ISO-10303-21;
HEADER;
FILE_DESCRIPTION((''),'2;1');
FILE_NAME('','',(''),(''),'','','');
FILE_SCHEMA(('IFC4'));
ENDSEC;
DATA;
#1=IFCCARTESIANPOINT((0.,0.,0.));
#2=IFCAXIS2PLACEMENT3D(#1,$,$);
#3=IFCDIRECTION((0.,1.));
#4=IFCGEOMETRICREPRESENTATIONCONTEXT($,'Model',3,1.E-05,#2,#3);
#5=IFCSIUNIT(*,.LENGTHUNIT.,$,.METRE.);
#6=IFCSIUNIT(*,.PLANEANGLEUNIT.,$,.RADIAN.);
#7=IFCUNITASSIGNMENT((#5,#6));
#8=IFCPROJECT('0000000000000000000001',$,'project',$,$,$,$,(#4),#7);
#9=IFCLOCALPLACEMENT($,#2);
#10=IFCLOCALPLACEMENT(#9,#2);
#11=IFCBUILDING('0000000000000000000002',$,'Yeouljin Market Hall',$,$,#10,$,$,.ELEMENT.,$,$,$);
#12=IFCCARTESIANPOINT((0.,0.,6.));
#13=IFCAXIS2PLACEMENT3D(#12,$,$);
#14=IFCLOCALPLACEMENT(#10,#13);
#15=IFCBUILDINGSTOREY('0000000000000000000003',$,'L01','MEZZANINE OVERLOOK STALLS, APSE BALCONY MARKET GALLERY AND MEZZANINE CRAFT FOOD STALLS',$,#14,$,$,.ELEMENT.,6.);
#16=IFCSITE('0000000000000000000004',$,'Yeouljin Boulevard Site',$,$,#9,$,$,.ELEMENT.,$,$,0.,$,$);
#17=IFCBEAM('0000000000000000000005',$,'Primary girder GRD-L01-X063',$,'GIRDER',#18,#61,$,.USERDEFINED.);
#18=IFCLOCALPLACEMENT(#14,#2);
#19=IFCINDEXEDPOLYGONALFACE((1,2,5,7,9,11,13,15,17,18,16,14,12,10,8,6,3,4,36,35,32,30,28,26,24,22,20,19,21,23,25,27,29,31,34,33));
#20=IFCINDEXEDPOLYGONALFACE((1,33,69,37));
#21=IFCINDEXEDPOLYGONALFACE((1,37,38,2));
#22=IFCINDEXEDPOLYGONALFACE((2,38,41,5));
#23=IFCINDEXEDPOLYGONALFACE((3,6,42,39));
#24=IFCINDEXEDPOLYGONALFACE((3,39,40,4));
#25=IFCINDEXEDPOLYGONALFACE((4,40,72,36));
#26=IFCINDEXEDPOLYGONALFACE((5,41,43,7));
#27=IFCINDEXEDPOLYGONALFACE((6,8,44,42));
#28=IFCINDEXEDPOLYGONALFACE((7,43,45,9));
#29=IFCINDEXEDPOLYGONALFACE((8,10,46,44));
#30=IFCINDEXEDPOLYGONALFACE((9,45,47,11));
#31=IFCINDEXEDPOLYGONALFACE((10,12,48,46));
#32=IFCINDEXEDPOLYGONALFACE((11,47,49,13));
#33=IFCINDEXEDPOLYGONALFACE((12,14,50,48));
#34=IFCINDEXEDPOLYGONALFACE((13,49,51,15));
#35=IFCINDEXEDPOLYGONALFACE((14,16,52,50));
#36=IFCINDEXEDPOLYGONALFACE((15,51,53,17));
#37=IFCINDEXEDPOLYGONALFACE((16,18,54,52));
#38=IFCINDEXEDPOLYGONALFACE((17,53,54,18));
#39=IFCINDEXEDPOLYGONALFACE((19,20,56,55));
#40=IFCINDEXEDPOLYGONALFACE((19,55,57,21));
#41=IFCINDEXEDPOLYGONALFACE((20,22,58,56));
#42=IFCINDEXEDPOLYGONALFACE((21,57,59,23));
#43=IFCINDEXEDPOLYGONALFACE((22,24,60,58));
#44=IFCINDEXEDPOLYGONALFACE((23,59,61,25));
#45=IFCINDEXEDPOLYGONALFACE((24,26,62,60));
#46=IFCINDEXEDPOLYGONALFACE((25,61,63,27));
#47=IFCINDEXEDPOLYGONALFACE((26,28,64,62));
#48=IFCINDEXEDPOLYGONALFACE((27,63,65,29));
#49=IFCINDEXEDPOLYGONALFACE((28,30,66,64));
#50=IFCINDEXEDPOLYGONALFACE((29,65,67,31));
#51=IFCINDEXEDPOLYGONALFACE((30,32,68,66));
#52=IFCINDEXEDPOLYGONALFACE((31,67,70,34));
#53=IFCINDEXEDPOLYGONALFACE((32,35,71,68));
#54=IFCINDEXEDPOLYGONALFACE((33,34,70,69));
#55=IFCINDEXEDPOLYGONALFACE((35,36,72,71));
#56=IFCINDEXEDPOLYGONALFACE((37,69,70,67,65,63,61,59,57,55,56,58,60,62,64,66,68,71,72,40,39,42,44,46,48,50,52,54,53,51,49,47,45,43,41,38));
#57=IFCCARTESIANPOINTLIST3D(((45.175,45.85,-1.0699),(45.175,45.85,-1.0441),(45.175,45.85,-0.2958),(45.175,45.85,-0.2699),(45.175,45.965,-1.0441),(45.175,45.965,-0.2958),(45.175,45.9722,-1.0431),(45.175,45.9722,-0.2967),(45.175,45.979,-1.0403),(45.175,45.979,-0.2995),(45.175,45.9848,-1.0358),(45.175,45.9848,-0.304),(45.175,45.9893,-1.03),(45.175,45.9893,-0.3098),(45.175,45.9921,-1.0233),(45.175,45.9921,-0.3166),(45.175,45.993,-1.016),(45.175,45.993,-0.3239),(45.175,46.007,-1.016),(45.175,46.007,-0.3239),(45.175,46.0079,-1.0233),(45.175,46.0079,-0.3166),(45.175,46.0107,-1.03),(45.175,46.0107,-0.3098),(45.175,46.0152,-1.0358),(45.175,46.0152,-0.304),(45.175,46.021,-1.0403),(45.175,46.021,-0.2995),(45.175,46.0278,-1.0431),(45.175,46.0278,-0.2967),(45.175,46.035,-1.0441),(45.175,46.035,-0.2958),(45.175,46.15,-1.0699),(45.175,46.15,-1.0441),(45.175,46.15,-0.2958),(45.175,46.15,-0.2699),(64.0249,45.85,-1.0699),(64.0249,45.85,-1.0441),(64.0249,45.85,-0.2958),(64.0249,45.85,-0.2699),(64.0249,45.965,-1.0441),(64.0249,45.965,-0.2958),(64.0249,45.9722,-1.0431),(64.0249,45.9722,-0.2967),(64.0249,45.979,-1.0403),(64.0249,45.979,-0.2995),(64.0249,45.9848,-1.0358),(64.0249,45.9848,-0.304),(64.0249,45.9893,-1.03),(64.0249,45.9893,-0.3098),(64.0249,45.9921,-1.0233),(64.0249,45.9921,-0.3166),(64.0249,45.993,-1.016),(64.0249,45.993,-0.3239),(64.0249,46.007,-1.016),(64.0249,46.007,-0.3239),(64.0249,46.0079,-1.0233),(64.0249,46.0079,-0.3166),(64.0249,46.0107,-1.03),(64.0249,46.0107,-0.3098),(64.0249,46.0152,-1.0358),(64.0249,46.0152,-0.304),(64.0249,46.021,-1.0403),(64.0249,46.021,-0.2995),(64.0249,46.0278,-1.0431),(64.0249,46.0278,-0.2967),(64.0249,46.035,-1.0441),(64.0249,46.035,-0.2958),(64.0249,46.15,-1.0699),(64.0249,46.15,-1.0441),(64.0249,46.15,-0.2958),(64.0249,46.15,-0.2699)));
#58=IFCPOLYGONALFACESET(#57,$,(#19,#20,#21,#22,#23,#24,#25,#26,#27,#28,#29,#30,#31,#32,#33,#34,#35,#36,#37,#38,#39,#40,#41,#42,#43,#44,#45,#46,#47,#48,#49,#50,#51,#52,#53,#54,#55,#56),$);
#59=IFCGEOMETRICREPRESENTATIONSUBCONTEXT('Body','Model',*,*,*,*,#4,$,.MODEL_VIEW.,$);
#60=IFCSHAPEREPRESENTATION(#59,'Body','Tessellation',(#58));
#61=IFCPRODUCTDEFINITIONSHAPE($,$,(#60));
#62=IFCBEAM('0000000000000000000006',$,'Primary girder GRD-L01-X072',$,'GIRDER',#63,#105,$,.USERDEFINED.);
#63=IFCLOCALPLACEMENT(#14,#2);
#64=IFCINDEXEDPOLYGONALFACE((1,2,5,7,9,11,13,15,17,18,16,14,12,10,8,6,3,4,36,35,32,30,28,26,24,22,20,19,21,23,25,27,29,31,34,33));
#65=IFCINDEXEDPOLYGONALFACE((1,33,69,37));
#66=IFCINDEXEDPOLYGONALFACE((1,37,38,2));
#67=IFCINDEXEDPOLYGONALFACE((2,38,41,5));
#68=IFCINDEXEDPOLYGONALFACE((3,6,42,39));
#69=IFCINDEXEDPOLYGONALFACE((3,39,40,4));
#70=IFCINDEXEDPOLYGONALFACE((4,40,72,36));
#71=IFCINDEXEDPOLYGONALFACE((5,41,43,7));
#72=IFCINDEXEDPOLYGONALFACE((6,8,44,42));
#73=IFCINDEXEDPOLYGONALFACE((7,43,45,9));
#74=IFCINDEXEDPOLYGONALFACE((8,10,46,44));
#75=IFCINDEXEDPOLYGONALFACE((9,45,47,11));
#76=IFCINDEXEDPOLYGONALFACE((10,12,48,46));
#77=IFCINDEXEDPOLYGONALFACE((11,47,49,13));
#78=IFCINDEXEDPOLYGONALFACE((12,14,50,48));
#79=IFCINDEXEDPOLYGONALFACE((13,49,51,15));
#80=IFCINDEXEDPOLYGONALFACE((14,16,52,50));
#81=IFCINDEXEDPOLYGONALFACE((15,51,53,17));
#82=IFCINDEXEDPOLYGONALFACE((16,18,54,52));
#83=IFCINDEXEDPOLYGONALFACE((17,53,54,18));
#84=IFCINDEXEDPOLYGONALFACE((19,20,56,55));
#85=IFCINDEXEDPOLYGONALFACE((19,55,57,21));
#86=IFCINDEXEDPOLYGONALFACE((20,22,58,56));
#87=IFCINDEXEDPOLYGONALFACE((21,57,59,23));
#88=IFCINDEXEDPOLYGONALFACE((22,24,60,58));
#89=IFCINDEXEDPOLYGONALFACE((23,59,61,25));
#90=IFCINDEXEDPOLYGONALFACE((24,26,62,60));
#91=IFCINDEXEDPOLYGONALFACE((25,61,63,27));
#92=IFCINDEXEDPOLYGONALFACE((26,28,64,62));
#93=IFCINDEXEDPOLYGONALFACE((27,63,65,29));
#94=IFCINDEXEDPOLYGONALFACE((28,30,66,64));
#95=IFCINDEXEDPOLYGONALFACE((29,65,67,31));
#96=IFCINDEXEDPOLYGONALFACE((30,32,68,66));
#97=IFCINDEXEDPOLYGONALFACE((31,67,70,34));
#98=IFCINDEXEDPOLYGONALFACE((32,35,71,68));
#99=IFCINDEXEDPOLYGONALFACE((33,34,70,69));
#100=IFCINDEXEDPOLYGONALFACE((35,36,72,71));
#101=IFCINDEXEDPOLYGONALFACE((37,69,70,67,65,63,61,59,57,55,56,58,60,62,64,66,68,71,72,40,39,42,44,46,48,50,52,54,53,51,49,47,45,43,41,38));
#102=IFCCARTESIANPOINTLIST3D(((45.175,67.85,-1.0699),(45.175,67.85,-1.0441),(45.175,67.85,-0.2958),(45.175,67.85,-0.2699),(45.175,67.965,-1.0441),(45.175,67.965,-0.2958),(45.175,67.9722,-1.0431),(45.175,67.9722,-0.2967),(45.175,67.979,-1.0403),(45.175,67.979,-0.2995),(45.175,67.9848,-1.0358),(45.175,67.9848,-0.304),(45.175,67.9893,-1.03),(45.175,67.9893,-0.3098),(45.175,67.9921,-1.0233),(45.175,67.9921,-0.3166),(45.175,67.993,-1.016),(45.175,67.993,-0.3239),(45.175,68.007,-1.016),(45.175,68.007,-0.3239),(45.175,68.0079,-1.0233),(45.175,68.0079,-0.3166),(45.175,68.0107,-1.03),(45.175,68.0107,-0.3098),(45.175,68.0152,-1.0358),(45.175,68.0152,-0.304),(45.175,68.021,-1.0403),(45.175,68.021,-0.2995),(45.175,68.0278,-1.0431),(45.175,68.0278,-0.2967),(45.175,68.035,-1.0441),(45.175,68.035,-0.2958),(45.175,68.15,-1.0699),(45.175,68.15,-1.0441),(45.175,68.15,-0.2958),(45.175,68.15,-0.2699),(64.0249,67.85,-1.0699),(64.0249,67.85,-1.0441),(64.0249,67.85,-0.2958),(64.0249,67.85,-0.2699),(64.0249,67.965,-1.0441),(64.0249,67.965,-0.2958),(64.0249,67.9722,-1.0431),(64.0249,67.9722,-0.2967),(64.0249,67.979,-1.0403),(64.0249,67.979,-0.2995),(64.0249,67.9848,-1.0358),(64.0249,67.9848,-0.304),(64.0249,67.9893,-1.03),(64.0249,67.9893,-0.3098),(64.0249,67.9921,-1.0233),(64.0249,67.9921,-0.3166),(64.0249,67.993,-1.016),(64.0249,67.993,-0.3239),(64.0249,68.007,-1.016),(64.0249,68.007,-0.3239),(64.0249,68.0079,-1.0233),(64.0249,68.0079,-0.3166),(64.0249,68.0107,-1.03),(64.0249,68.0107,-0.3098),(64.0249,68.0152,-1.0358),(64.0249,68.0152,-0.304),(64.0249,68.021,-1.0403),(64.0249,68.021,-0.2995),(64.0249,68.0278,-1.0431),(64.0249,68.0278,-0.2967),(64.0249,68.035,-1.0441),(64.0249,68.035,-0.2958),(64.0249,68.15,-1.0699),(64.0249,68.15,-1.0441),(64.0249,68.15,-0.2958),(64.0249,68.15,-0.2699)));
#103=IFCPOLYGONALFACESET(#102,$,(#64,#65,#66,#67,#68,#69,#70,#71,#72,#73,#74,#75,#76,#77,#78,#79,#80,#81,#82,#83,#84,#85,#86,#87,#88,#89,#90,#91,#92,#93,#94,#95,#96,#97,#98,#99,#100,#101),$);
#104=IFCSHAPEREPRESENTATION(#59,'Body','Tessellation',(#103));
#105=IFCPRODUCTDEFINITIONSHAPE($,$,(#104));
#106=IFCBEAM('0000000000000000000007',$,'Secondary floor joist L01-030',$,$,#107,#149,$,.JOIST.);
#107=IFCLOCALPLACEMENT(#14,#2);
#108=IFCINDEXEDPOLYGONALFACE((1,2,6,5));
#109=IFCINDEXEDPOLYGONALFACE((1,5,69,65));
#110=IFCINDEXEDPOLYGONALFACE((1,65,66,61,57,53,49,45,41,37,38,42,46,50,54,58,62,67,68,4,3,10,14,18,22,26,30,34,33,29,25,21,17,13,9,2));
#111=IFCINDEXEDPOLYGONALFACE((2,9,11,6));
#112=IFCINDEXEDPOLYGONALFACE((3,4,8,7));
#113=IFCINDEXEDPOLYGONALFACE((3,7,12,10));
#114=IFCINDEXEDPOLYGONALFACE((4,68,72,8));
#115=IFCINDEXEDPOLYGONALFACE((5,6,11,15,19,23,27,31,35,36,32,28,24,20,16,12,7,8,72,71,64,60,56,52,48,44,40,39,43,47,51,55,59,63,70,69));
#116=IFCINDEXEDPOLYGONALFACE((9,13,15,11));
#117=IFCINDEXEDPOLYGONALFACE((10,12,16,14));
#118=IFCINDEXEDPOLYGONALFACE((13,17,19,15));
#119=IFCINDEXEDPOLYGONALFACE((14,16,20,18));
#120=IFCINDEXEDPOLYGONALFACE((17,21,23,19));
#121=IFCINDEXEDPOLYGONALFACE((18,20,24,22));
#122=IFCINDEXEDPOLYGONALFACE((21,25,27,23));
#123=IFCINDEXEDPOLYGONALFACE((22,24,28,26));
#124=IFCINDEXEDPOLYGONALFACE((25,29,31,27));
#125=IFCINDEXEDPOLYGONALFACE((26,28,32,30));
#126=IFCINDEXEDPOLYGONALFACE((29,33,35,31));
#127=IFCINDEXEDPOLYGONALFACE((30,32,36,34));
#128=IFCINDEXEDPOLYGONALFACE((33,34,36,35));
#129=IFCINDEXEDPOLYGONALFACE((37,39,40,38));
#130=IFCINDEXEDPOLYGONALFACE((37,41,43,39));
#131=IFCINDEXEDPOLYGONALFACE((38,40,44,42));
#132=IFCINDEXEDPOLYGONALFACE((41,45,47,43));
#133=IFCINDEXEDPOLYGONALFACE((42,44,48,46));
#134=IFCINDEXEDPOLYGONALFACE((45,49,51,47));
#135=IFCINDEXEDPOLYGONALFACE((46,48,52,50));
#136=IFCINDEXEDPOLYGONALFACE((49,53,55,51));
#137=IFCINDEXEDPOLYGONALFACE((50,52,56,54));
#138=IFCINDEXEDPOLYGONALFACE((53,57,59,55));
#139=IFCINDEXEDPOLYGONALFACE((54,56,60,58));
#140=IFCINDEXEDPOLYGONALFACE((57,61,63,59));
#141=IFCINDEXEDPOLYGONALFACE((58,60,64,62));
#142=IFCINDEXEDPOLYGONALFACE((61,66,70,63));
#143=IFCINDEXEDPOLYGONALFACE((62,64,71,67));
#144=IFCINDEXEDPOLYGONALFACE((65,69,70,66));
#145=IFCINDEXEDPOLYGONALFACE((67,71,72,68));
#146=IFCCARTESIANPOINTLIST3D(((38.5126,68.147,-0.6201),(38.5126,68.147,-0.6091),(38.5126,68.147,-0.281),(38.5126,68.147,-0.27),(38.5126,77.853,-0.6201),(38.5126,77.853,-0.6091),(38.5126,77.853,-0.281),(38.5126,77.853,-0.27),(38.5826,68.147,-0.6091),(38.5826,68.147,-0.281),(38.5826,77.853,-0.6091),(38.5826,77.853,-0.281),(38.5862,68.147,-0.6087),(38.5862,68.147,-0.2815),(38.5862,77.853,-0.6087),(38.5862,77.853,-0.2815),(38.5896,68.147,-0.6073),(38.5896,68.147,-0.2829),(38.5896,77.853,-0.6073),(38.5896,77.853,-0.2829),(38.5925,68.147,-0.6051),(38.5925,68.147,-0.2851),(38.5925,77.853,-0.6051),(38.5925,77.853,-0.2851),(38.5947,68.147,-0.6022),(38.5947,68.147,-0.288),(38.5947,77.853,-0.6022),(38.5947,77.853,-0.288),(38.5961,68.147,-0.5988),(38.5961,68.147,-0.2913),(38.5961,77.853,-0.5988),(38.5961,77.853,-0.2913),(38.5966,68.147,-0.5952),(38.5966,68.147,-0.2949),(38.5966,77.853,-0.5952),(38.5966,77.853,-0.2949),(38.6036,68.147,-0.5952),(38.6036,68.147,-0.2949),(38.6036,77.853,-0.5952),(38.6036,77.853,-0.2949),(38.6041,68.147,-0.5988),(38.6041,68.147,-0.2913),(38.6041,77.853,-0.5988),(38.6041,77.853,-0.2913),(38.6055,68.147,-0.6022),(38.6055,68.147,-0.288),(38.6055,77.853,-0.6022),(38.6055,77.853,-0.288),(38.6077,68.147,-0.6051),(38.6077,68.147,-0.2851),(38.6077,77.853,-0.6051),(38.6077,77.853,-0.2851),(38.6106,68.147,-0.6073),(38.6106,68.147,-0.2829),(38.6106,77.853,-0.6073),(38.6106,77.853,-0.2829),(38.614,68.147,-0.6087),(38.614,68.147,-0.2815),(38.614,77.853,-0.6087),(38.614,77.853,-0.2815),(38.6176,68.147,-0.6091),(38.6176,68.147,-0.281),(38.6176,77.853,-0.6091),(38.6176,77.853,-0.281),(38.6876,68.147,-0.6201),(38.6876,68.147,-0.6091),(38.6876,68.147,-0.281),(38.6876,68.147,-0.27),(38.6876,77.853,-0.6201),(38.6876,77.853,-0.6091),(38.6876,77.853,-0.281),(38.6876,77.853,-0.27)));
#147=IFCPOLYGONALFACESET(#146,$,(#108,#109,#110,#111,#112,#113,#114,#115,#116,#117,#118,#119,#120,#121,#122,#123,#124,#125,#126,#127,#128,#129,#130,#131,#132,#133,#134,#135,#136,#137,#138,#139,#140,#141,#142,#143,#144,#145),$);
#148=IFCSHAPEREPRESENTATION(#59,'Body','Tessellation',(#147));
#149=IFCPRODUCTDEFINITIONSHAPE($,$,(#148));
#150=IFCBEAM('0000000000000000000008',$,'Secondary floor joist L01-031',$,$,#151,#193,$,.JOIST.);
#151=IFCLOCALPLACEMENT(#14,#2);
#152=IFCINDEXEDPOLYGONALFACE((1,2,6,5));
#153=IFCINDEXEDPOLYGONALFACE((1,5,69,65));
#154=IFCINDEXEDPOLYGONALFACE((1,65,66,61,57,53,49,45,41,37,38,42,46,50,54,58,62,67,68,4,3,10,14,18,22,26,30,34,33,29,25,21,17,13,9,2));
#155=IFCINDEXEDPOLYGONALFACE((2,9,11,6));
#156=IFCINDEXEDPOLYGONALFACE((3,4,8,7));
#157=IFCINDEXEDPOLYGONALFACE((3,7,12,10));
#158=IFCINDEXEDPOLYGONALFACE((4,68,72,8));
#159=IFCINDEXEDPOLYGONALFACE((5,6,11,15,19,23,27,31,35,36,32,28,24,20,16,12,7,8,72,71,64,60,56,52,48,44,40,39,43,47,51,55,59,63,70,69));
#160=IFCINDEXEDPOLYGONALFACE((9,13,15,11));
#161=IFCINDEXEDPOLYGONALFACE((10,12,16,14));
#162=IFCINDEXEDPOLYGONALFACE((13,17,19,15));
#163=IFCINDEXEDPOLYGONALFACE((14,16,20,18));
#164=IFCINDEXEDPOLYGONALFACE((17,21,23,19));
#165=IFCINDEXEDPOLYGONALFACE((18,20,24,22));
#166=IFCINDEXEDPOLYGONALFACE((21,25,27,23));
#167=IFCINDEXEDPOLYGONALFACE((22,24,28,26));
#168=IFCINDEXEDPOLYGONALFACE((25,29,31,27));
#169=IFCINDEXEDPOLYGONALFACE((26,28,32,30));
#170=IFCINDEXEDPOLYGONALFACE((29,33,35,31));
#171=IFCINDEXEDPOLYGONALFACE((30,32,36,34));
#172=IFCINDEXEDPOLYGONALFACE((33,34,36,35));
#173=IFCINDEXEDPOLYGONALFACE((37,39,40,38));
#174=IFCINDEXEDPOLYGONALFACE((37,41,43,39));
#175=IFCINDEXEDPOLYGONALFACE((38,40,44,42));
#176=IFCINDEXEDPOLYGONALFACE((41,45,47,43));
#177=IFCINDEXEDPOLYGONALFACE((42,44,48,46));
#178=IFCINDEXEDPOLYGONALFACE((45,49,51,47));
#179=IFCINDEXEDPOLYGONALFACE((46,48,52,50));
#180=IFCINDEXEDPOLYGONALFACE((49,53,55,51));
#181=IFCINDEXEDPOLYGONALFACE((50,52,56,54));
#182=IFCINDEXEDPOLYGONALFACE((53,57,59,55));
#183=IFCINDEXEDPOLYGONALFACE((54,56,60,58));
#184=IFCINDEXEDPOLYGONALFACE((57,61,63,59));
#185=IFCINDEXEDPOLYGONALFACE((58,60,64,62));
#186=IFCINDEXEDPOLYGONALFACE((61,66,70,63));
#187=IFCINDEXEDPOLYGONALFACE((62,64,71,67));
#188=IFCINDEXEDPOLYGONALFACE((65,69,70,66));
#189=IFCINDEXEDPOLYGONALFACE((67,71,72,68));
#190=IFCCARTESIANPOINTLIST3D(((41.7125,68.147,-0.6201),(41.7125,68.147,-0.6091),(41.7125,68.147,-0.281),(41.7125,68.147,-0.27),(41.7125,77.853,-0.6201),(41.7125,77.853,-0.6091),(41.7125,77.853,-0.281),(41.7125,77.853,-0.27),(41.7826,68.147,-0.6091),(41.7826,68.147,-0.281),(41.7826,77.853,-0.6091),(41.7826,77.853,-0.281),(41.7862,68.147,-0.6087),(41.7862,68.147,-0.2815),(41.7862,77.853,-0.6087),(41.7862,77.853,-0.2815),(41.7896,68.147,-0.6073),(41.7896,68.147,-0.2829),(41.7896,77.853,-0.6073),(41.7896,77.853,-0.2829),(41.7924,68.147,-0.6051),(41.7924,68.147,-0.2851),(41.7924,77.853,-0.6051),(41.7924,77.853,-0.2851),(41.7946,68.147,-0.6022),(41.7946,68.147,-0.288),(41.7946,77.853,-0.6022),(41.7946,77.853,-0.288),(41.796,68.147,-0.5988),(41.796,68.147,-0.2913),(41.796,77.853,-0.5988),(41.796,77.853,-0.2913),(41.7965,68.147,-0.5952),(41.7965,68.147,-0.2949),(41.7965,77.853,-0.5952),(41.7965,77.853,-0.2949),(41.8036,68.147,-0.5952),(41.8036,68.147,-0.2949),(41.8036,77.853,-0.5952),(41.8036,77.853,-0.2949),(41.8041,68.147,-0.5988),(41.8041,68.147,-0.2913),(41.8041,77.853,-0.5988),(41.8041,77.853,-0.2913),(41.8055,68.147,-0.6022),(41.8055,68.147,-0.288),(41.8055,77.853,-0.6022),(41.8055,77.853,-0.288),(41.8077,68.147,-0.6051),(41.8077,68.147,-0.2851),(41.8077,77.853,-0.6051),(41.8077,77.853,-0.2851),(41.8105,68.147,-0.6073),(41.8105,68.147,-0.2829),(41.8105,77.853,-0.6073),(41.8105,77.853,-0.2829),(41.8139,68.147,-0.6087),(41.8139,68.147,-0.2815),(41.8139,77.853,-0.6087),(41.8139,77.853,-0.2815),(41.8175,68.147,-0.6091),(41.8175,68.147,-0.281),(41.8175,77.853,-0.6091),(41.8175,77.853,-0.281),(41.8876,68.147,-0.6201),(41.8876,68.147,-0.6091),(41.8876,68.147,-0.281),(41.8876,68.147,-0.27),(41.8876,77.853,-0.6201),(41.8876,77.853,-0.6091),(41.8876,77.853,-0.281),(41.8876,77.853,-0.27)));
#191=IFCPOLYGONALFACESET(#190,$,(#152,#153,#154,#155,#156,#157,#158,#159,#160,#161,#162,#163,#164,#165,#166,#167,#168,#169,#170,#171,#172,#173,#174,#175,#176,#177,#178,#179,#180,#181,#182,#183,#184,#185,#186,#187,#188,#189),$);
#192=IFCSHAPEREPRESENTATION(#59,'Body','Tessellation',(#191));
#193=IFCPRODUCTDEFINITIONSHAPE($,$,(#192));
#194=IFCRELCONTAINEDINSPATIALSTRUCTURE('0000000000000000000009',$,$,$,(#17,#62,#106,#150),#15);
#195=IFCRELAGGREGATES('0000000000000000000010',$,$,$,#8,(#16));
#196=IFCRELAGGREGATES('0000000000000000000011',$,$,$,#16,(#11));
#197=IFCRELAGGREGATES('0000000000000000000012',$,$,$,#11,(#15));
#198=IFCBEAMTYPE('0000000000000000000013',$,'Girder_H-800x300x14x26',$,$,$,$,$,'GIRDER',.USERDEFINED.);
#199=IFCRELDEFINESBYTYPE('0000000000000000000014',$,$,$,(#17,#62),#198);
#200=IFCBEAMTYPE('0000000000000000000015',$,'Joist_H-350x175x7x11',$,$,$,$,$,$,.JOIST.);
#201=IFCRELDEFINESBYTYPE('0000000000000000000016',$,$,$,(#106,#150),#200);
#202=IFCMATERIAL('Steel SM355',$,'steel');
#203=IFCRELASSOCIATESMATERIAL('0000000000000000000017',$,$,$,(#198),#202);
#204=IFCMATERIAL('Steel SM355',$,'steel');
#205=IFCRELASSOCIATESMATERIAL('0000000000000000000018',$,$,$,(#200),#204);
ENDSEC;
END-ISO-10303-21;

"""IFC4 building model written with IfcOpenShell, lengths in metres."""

from ifc_helpers import new_model, si_unit, direction, frame, origin, origin_2d, place, context, subcontext, project, spatial, i_section, extrude, material, material_profile, profile_set, type_object, element, save


model = new_model("IFC4")

# Units and contexts
model_context = context("Model", 3, precision=1e-05, world=origin(), true_north=direction((0.0, 1.0)))
body_context = subcontext(model_context, "Body", "Model", "MODEL_VIEW")
ifc_project = project(units=[si_unit("LENGTHUNIT", "METRE"), si_unit("PLANEANGLEUNIT", "RADIAN")], contexts=[model_context])

# Site, building, storey
site_placement = place(None, origin())
site = spatial("IfcSite", under=ifc_project, at=site_placement, Name="Yeouljin Boulevard Site", CompositionType="ELEMENT", RefElevation=0.0)
building_placement = place(site_placement, origin())
building = spatial("IfcBuilding", under=site, at=building_placement, Name="Yeouljin Market Hall", CompositionType="ELEMENT")
storey_placement = place(building_placement, frame((0.0, 0.0, 6.0)))
storey = spatial("IfcBuildingStorey", under=building, at=storey_placement, Name="L01", Description="MEZZANINE OVERLOOK STALLS, APSE BALCONY MARKET GALLERY AND MEZZANINE CRAFT FOOD STALLS", CompositionType="ELEMENT", Elevation=6.0)

# Beams
ifc_material_1 = material(Name="Steel SM355", Category="steel")
ifc_material_profile_1 = material_profile(ifc_material_1, i_section(OverallWidth=0.3, OverallDepth=0.8, WebThickness=0.0139, FlangeThickness=0.0259, FilletRadius=0.0281, at=origin_2d()), Name="H-800x300x14x26")
ifc_profile_set_1 = profile_set([ifc_material_profile_1], Name="Steel SM355")
beam_type_1 = type_object("IfcBeamType", Name="Girder_H-800x300x14x26", ElementType="GIRDER", PredefinedType="USERDEFINED", material=ifc_profile_set_1)
for number, where, z_axis, x_axis, name in (
    (1, (45.175, 46.0, -0.6699), (1.0, 0.0, 0.0), (0.0, 1.0, 0.0), "Primary girder GRD-L01-X063"),
    (2, (45.175, 68.0, -0.6699), (1.0, 0.0, 0.0), (0.0, 1.0, 0.0), "Primary girder GRD-L01-X072"),
):
    element("IfcBeam", number, at=place(storey_placement, frame(where, z_axis=z_axis, x_axis=x_axis)), inside=storey, type_object=beam_type_1, Name=name, ObjectType="GIRDER", PredefinedType="USERDEFINED", context=body_context, shape_type="SweptSolid", body=[
        extrude(i_section(OverallWidth=0.3, OverallDepth=0.8, WebThickness=0.0139, FlangeThickness=0.0259, FilletRadius=0.0281, at=origin_2d()), origin(), (0.0, 0.0, 1.0), 18.8499),
    ])
ifc_material_2 = material(Name="Steel SM355", Category="steel")
ifc_material_profile_2 = material_profile(ifc_material_2, i_section(OverallWidth=0.175, OverallDepth=0.3501, WebThickness=0.0071, FlangeThickness=0.011, FilletRadius=0.0139, at=origin_2d()), Name="H-350x175x7x11")
ifc_profile_set_2 = profile_set([ifc_material_profile_2], Name="Steel SM355")
beam_type_2 = type_object("IfcBeamType", Name="Joist_H-350x175x7x11", PredefinedType="JOIST", material=ifc_profile_set_2)
for number, where, z_axis, x_axis, name in (
    (3, (38.6001, 68.147, -0.4451), (0.0, 1.0, 0.0), (-1.0, 0.0, 0.0), "Secondary floor joist L01-030"),
    (4, (41.8, 68.147, -0.4451), (0.0, 1.0, 0.0), (-1.0, 0.0, 0.0), "Secondary floor joist L01-031"),
):
    element("IfcBeam", number, at=place(storey_placement, frame(where, z_axis=z_axis, x_axis=x_axis)), inside=storey, type_object=beam_type_2, Name=name, PredefinedType="JOIST", context=body_context, shape_type="SweptSolid", body=[
        extrude(i_section(OverallWidth=0.175, OverallDepth=0.3501, WebThickness=0.0071, FlangeThickness=0.011, FilletRadius=0.0139, at=origin_2d()), origin(), (0.0, 0.0, 1.0), 9.7061),
    ])

save(model, "model.ifc")
